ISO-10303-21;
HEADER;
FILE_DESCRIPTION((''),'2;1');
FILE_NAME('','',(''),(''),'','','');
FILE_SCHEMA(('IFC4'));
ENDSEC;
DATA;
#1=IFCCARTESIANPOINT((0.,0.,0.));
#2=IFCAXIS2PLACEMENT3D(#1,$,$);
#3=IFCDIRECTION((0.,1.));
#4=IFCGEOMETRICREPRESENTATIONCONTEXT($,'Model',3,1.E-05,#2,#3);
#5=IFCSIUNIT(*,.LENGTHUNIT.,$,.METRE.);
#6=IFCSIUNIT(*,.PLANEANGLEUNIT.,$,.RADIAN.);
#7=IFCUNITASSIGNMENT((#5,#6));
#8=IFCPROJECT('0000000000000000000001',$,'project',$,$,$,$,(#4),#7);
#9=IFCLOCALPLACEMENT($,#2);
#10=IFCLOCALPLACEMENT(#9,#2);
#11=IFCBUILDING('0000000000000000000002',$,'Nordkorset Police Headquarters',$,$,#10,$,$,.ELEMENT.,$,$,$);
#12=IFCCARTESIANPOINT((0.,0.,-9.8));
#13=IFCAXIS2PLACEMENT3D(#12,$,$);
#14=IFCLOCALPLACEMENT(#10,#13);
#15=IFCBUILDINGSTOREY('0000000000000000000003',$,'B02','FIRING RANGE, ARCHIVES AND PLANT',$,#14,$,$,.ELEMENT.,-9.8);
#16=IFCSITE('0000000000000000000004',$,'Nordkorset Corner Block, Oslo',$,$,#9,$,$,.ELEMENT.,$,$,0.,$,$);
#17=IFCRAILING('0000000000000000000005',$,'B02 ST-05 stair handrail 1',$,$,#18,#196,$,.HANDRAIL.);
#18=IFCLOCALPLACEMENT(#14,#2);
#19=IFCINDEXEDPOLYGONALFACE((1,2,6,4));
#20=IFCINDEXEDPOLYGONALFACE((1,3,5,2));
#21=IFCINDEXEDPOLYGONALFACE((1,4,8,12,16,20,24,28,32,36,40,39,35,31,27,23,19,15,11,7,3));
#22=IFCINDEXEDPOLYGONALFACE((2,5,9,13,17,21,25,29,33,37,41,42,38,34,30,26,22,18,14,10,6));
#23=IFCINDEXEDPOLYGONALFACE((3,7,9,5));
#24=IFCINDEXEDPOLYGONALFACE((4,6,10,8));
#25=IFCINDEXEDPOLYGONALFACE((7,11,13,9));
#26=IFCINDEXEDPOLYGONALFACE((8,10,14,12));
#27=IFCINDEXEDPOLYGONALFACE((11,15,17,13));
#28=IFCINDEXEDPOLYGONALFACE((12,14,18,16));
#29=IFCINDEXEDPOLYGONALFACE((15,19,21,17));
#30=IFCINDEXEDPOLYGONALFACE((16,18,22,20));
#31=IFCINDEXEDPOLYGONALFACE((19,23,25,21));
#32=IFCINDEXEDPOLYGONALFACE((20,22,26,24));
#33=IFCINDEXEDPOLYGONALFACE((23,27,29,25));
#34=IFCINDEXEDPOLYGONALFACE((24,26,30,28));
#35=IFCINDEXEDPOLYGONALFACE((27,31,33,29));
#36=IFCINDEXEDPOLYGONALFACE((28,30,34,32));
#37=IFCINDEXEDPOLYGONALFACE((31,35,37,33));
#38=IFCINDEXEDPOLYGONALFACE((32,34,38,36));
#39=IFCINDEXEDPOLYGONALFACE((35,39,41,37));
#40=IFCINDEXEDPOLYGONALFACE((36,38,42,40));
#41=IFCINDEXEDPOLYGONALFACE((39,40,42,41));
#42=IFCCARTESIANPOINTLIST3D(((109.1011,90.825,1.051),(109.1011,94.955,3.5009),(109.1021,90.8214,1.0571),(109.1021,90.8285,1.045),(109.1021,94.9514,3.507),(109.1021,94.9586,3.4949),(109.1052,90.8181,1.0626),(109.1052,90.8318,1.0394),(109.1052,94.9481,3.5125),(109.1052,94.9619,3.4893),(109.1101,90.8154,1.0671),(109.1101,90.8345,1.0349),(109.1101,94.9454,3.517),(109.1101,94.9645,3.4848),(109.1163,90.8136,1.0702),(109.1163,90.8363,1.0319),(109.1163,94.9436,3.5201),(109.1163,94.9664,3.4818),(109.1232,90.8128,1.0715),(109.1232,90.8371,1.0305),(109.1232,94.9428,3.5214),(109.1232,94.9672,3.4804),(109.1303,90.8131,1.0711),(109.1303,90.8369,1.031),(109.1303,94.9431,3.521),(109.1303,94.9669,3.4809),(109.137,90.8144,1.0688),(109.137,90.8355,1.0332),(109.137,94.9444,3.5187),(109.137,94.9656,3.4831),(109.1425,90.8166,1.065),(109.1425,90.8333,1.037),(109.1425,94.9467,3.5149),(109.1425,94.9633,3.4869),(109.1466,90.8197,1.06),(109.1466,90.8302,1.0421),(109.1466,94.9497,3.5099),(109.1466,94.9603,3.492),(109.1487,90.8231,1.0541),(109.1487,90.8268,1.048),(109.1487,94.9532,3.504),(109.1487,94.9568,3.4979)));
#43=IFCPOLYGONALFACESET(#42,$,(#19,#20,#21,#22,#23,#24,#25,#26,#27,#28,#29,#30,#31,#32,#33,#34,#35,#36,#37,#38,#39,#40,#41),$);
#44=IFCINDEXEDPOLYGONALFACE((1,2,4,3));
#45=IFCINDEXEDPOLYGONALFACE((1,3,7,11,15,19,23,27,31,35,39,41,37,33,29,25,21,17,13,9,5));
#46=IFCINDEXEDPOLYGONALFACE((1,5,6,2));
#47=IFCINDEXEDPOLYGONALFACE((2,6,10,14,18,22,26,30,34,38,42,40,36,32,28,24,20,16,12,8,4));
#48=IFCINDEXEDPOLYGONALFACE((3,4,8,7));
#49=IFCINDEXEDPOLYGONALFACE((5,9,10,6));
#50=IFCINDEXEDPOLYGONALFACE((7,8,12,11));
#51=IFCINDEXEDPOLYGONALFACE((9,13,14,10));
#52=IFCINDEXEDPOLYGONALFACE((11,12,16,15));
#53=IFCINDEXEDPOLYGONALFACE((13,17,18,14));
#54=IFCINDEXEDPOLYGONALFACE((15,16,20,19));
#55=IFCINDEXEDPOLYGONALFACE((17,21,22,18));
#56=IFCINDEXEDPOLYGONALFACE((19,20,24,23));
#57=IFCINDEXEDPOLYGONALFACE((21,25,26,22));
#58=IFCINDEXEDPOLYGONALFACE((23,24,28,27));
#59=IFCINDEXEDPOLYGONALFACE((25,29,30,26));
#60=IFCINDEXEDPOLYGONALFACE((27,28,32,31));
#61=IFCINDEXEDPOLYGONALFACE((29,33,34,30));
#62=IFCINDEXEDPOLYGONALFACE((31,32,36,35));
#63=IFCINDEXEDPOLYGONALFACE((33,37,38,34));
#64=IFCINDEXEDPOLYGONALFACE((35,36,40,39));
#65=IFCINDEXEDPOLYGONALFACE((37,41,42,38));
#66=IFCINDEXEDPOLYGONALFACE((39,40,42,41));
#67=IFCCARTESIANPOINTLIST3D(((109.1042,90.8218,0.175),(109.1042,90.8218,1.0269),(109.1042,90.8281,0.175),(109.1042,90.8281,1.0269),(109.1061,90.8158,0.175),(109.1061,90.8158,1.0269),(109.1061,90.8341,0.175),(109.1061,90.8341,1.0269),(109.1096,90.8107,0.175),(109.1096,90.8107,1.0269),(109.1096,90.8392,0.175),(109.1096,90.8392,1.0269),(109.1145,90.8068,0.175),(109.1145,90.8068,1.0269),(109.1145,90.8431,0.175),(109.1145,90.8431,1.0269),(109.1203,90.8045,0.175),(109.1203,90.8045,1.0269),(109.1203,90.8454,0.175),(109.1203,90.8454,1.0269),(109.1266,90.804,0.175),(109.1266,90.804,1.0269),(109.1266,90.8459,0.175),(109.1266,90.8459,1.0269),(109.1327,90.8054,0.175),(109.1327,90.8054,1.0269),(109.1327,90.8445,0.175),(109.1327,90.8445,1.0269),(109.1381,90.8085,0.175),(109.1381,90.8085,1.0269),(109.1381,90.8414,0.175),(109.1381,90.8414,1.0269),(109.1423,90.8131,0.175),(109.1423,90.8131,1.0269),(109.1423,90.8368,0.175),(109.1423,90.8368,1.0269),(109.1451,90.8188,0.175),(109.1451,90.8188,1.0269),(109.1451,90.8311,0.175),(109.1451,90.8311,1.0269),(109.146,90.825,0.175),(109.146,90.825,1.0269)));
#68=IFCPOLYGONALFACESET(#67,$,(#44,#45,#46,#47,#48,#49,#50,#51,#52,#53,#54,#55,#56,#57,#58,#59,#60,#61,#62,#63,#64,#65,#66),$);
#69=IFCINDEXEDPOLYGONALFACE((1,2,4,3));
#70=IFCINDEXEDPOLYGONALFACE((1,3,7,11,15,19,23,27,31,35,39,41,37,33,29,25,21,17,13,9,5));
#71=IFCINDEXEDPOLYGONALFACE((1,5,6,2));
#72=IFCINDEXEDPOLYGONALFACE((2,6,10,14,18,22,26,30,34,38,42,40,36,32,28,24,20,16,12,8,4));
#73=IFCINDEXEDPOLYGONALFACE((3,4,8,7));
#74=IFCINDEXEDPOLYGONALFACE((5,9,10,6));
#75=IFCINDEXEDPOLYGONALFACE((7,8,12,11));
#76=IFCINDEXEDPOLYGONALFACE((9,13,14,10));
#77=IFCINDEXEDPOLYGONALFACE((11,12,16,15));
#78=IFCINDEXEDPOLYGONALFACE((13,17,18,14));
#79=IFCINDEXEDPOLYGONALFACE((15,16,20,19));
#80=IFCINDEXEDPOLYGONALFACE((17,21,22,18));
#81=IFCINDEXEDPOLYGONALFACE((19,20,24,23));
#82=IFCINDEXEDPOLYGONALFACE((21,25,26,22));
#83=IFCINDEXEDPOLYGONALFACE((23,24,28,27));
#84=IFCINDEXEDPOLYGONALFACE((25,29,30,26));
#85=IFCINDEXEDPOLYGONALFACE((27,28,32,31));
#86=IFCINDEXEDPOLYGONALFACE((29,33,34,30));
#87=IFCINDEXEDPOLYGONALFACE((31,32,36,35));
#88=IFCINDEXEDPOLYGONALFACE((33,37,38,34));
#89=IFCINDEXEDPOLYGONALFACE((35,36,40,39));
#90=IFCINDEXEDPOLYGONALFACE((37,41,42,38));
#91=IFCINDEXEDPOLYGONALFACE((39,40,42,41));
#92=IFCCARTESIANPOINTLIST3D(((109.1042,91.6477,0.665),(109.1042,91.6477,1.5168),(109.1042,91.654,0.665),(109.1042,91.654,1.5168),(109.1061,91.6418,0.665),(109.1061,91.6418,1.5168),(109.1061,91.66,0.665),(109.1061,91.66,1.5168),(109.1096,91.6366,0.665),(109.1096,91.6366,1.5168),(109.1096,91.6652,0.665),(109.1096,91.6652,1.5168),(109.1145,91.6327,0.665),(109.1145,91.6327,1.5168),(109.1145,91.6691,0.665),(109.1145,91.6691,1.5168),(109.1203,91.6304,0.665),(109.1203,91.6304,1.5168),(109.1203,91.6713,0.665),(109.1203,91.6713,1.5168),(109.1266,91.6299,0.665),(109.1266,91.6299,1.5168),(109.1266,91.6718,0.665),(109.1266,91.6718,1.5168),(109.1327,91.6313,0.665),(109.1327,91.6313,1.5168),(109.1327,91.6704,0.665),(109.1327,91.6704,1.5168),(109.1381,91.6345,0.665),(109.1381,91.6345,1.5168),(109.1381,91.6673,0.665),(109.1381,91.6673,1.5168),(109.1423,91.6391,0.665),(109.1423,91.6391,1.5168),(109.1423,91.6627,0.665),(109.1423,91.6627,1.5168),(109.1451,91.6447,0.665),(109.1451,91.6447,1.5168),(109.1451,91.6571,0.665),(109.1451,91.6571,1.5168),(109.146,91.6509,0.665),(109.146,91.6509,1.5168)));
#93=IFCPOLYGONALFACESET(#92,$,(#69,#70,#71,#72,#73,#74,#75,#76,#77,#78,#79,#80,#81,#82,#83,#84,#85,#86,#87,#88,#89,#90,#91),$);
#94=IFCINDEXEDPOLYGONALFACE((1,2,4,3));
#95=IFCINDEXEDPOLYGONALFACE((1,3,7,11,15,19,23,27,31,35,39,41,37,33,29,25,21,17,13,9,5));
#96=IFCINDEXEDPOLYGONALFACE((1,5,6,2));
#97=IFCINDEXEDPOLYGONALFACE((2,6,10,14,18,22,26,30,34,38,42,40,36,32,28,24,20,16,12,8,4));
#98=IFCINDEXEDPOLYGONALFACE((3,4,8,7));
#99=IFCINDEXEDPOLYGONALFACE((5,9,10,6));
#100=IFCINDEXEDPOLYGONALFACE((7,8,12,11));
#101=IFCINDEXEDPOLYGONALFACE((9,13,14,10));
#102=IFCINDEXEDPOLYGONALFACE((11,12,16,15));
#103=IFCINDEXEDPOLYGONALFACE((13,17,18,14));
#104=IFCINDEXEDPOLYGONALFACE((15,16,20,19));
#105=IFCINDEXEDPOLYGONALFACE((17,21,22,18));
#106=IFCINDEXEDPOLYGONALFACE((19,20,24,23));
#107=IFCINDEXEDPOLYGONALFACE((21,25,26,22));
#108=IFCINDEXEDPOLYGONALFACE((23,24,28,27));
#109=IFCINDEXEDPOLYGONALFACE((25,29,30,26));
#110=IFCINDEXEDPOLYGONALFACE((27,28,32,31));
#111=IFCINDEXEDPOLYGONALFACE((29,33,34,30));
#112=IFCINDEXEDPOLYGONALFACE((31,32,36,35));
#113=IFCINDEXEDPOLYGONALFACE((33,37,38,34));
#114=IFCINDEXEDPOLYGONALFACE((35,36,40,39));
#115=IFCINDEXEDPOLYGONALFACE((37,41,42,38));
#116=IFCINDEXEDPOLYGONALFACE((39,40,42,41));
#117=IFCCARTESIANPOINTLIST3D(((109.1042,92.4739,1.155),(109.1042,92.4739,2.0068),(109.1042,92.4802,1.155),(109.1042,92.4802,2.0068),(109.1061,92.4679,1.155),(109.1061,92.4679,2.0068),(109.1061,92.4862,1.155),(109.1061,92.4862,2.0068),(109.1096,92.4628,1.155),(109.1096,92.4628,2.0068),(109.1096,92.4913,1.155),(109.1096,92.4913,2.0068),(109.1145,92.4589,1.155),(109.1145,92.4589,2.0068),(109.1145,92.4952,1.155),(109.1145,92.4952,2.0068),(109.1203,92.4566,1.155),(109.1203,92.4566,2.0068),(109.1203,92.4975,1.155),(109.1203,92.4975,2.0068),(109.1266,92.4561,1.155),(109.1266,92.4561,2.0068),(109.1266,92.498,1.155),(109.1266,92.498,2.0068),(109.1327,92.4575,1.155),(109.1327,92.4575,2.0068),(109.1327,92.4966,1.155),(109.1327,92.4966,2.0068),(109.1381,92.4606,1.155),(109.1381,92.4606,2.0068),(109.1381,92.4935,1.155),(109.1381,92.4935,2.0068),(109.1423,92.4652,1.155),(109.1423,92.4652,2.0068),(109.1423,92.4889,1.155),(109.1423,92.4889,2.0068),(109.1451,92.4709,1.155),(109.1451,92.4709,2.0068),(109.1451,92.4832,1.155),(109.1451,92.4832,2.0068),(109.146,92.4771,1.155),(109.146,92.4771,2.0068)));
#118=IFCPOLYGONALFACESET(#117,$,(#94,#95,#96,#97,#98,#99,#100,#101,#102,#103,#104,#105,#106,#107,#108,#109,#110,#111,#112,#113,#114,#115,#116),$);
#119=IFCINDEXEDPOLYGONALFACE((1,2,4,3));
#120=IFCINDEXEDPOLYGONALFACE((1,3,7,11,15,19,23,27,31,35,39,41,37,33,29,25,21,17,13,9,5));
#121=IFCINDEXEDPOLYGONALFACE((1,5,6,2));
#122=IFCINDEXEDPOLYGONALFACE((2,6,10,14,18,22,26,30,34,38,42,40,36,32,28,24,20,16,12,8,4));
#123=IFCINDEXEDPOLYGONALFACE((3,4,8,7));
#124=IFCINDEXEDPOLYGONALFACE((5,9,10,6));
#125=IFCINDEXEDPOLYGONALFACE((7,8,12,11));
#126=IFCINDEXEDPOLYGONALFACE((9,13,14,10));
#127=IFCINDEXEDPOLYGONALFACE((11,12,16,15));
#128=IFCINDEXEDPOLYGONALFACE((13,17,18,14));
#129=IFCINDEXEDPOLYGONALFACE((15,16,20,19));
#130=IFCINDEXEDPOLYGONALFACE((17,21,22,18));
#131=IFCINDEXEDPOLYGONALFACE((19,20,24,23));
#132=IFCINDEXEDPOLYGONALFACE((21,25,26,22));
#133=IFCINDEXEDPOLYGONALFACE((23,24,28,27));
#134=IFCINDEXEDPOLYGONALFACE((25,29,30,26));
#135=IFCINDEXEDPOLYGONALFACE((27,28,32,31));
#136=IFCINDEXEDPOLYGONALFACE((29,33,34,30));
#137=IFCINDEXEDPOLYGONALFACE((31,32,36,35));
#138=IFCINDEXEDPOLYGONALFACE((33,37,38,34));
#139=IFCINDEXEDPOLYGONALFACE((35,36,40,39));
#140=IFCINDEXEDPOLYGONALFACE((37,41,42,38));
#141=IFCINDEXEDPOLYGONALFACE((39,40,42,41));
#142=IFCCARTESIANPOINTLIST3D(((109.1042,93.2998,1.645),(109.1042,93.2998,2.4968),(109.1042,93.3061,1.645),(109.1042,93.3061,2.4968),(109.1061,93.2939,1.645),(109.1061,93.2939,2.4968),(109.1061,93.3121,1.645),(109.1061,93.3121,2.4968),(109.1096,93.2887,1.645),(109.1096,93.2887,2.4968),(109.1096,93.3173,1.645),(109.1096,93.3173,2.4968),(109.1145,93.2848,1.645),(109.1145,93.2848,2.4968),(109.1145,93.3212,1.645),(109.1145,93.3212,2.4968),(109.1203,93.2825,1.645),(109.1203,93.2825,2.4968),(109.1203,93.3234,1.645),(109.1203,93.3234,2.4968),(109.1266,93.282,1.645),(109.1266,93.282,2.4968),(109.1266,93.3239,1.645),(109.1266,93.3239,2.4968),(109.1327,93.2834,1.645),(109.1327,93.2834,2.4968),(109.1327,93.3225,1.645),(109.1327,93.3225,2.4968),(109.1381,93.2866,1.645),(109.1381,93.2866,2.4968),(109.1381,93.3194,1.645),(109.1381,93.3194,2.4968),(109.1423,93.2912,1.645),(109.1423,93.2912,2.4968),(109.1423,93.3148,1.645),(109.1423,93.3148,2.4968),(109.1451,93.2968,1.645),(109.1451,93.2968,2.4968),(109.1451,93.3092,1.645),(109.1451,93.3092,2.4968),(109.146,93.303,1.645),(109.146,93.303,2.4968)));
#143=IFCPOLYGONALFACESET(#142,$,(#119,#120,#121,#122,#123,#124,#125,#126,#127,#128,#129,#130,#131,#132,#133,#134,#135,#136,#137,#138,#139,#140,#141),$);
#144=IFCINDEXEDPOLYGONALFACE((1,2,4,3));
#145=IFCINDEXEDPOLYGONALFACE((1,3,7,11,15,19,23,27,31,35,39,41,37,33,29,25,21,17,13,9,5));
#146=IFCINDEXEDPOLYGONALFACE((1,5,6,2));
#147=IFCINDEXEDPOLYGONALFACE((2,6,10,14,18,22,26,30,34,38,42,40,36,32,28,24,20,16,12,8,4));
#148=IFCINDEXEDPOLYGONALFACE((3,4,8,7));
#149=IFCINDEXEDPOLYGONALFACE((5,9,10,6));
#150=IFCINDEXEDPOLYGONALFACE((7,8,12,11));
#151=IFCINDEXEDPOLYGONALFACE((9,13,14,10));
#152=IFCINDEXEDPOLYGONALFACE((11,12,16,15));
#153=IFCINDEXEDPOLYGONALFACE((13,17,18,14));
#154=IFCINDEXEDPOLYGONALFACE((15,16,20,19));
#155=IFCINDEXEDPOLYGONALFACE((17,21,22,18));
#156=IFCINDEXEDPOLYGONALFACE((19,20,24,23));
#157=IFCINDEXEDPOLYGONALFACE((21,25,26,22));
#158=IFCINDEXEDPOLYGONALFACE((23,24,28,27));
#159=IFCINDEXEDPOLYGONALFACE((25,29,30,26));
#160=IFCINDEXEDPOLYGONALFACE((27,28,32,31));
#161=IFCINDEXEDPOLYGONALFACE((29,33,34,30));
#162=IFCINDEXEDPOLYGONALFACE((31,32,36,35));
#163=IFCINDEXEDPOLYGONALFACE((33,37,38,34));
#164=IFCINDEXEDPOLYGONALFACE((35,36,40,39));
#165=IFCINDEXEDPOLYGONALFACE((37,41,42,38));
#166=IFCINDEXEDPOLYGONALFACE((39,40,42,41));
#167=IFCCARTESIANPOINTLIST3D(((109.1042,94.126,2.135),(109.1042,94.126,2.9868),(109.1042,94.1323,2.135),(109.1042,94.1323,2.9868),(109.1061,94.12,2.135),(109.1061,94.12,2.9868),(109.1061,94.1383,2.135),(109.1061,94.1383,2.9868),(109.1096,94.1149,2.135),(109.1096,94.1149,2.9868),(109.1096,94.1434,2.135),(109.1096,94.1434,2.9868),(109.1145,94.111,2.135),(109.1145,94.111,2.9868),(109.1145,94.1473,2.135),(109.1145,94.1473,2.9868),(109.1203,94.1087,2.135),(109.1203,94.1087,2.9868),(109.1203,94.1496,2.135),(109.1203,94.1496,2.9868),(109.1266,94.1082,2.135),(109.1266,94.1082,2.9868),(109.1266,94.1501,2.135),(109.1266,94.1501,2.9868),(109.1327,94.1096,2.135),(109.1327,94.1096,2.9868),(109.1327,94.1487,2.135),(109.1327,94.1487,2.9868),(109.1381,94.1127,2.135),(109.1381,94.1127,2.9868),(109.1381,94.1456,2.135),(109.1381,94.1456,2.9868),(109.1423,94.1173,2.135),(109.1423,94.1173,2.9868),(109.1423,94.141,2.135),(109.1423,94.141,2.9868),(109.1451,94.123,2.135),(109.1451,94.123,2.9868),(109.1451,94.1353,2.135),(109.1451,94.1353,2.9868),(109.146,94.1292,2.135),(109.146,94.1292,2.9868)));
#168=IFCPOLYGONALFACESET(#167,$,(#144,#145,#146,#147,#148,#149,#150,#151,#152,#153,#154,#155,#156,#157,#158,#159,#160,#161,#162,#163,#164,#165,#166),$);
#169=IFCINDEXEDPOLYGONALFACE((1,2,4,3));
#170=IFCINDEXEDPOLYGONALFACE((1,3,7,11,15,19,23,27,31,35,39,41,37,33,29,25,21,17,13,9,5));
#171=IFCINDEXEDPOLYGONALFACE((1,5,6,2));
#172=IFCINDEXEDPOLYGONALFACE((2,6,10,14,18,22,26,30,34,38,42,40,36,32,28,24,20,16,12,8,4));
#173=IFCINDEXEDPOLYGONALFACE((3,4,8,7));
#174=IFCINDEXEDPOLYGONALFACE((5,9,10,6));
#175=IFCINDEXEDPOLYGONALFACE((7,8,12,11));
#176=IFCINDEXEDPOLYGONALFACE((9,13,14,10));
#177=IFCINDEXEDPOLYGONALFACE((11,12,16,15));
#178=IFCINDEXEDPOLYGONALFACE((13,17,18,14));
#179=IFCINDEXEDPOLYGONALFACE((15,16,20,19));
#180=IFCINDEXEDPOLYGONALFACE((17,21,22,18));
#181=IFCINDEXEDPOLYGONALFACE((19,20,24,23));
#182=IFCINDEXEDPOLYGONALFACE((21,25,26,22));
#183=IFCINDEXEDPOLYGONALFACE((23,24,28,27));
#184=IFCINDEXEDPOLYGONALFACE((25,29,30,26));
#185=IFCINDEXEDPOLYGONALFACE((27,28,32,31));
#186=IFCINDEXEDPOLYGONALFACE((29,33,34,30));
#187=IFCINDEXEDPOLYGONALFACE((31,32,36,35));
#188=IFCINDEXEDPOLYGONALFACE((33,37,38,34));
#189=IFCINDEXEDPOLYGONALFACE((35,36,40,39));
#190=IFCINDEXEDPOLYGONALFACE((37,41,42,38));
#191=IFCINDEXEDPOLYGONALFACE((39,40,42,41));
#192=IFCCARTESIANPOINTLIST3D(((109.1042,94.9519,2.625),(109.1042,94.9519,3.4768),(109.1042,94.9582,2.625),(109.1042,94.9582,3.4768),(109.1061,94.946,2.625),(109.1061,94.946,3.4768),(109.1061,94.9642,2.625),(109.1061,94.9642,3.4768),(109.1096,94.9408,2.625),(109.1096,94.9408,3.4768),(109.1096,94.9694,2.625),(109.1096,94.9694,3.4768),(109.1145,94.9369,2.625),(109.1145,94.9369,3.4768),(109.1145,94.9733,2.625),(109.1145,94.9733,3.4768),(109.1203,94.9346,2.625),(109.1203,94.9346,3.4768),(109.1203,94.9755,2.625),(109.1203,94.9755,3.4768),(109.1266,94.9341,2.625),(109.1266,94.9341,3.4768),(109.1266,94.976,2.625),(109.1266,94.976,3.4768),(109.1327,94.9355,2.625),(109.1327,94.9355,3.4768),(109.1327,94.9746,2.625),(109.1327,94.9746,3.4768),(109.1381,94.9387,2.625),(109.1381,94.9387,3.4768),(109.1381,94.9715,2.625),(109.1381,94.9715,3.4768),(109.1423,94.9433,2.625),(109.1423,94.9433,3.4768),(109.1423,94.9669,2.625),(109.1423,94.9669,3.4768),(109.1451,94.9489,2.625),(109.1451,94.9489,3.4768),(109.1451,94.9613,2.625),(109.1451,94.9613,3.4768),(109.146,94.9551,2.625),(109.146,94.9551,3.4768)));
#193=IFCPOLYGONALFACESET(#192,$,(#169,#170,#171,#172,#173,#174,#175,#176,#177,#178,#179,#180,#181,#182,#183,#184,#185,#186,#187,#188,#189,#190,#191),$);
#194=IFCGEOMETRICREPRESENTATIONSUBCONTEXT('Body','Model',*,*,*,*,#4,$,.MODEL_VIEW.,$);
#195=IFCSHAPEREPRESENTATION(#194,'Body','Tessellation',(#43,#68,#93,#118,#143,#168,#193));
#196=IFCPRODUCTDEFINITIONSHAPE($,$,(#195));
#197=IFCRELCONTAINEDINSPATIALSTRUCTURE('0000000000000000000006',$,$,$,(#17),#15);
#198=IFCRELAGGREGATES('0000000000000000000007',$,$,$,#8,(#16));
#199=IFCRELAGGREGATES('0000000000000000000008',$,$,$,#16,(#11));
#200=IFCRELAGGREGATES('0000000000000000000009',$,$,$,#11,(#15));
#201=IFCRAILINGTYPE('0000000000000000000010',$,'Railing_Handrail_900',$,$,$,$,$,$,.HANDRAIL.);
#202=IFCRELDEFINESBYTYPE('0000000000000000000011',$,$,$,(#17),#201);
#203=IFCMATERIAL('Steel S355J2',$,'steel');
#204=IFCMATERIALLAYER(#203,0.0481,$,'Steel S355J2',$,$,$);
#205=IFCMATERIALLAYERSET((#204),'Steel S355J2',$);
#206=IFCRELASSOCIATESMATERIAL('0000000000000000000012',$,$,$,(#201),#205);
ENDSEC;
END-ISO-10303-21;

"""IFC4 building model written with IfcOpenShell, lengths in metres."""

from ifc_helpers import new_model, si_unit, direction, frame, origin, origin_2d, place, context, subcontext, project, spatial, circle, extrude, material, layer, layer_set, type_object, element, save


model = new_model("IFC4")

# Units and contexts
model_context = context("Model", 3, precision=1e-05, world=origin(), true_north=direction((0.0, 1.0)))
body_context = subcontext(model_context, "Body", "Model", "MODEL_VIEW")
ifc_project = project(units=[si_unit("LENGTHUNIT", "METRE"), si_unit("PLANEANGLEUNIT", "RADIAN")], contexts=[model_context])

# Site, building, storey
site_placement = place(None, origin())
site = spatial("IfcSite", under=ifc_project, at=site_placement, Name="Nordkorset Corner Block, Oslo", CompositionType="ELEMENT", RefElevation=0.0)
building_placement = place(site_placement, origin())
building = spatial("IfcBuilding", under=site, at=building_placement, Name="Nordkorset Police Headquarters", CompositionType="ELEMENT")
storey_placement = place(building_placement, frame((0.0, 0.0, -9.8)))
storey = spatial("IfcBuildingStorey", under=building, at=storey_placement, Name="B02", Description="FIRING RANGE, ARCHIVES AND PLANT", CompositionType="ELEMENT", Elevation=-9.8)

# Railing
ifc_material_1 = material(Name="Steel S355J2", Category="steel")
ifc_layer_1 = layer(ifc_material_1, 0.0481, Name="Steel S355J2")
ifc_layer_set_1 = layer_set([ifc_layer_1], Name="Steel S355J2")
railing_type_1 = type_object("IfcRailingType", Name="Railing_Handrail_900", PredefinedType="HANDRAIL", material=ifc_layer_set_1)
railing_1_placement = place(storey_placement, frame((109.125, 90.825, 0.175)))
element("IfcRailing", 1, at=railing_1_placement, inside=storey, type_object=railing_type_1, Name="B02 ST-05 stair handrail 1", PredefinedType="HANDRAIL", context=body_context, shape_type="SweptSolid", body=[
    extrude(circle(Radius=0.0239, at=origin_2d()), frame((0.0, 0.0, 0.876), z_axis=(0.0, 0.860066, 0.510183), x_axis=(-1.0, 0.0, 0.0)), (0.0, 0.0, 1.0), 4.802),
    extrude(circle(Radius=0.021, at=origin_2d()), origin(), (0.0, 0.0, 1.0), 0.8518),
    extrude(circle(Radius=0.021, at=origin_2d()), frame((0.0, 0.8259, 0.49)), (0.0, 0.0, 1.0), 0.8518),
    extrude(circle(Radius=0.021, at=origin_2d()), frame((0.0, 1.6521, 0.98)), (0.0, 0.0, 1.0), 0.8518),
    extrude(circle(Radius=0.021, at=origin_2d()), frame((0.0, 2.478, 1.47)), (0.0, 0.0, 1.0), 0.8518),
    extrude(circle(Radius=0.021, at=origin_2d()), frame((0.0, 3.3042, 1.96)), (0.0, 0.0, 1.0), 0.8518),
    extrude(circle(Radius=0.021, at=origin_2d()), frame((0.0, 4.1301, 2.45)), (0.0, 0.0, 1.0), 0.8518),
])

save(model, "model.ifc")
